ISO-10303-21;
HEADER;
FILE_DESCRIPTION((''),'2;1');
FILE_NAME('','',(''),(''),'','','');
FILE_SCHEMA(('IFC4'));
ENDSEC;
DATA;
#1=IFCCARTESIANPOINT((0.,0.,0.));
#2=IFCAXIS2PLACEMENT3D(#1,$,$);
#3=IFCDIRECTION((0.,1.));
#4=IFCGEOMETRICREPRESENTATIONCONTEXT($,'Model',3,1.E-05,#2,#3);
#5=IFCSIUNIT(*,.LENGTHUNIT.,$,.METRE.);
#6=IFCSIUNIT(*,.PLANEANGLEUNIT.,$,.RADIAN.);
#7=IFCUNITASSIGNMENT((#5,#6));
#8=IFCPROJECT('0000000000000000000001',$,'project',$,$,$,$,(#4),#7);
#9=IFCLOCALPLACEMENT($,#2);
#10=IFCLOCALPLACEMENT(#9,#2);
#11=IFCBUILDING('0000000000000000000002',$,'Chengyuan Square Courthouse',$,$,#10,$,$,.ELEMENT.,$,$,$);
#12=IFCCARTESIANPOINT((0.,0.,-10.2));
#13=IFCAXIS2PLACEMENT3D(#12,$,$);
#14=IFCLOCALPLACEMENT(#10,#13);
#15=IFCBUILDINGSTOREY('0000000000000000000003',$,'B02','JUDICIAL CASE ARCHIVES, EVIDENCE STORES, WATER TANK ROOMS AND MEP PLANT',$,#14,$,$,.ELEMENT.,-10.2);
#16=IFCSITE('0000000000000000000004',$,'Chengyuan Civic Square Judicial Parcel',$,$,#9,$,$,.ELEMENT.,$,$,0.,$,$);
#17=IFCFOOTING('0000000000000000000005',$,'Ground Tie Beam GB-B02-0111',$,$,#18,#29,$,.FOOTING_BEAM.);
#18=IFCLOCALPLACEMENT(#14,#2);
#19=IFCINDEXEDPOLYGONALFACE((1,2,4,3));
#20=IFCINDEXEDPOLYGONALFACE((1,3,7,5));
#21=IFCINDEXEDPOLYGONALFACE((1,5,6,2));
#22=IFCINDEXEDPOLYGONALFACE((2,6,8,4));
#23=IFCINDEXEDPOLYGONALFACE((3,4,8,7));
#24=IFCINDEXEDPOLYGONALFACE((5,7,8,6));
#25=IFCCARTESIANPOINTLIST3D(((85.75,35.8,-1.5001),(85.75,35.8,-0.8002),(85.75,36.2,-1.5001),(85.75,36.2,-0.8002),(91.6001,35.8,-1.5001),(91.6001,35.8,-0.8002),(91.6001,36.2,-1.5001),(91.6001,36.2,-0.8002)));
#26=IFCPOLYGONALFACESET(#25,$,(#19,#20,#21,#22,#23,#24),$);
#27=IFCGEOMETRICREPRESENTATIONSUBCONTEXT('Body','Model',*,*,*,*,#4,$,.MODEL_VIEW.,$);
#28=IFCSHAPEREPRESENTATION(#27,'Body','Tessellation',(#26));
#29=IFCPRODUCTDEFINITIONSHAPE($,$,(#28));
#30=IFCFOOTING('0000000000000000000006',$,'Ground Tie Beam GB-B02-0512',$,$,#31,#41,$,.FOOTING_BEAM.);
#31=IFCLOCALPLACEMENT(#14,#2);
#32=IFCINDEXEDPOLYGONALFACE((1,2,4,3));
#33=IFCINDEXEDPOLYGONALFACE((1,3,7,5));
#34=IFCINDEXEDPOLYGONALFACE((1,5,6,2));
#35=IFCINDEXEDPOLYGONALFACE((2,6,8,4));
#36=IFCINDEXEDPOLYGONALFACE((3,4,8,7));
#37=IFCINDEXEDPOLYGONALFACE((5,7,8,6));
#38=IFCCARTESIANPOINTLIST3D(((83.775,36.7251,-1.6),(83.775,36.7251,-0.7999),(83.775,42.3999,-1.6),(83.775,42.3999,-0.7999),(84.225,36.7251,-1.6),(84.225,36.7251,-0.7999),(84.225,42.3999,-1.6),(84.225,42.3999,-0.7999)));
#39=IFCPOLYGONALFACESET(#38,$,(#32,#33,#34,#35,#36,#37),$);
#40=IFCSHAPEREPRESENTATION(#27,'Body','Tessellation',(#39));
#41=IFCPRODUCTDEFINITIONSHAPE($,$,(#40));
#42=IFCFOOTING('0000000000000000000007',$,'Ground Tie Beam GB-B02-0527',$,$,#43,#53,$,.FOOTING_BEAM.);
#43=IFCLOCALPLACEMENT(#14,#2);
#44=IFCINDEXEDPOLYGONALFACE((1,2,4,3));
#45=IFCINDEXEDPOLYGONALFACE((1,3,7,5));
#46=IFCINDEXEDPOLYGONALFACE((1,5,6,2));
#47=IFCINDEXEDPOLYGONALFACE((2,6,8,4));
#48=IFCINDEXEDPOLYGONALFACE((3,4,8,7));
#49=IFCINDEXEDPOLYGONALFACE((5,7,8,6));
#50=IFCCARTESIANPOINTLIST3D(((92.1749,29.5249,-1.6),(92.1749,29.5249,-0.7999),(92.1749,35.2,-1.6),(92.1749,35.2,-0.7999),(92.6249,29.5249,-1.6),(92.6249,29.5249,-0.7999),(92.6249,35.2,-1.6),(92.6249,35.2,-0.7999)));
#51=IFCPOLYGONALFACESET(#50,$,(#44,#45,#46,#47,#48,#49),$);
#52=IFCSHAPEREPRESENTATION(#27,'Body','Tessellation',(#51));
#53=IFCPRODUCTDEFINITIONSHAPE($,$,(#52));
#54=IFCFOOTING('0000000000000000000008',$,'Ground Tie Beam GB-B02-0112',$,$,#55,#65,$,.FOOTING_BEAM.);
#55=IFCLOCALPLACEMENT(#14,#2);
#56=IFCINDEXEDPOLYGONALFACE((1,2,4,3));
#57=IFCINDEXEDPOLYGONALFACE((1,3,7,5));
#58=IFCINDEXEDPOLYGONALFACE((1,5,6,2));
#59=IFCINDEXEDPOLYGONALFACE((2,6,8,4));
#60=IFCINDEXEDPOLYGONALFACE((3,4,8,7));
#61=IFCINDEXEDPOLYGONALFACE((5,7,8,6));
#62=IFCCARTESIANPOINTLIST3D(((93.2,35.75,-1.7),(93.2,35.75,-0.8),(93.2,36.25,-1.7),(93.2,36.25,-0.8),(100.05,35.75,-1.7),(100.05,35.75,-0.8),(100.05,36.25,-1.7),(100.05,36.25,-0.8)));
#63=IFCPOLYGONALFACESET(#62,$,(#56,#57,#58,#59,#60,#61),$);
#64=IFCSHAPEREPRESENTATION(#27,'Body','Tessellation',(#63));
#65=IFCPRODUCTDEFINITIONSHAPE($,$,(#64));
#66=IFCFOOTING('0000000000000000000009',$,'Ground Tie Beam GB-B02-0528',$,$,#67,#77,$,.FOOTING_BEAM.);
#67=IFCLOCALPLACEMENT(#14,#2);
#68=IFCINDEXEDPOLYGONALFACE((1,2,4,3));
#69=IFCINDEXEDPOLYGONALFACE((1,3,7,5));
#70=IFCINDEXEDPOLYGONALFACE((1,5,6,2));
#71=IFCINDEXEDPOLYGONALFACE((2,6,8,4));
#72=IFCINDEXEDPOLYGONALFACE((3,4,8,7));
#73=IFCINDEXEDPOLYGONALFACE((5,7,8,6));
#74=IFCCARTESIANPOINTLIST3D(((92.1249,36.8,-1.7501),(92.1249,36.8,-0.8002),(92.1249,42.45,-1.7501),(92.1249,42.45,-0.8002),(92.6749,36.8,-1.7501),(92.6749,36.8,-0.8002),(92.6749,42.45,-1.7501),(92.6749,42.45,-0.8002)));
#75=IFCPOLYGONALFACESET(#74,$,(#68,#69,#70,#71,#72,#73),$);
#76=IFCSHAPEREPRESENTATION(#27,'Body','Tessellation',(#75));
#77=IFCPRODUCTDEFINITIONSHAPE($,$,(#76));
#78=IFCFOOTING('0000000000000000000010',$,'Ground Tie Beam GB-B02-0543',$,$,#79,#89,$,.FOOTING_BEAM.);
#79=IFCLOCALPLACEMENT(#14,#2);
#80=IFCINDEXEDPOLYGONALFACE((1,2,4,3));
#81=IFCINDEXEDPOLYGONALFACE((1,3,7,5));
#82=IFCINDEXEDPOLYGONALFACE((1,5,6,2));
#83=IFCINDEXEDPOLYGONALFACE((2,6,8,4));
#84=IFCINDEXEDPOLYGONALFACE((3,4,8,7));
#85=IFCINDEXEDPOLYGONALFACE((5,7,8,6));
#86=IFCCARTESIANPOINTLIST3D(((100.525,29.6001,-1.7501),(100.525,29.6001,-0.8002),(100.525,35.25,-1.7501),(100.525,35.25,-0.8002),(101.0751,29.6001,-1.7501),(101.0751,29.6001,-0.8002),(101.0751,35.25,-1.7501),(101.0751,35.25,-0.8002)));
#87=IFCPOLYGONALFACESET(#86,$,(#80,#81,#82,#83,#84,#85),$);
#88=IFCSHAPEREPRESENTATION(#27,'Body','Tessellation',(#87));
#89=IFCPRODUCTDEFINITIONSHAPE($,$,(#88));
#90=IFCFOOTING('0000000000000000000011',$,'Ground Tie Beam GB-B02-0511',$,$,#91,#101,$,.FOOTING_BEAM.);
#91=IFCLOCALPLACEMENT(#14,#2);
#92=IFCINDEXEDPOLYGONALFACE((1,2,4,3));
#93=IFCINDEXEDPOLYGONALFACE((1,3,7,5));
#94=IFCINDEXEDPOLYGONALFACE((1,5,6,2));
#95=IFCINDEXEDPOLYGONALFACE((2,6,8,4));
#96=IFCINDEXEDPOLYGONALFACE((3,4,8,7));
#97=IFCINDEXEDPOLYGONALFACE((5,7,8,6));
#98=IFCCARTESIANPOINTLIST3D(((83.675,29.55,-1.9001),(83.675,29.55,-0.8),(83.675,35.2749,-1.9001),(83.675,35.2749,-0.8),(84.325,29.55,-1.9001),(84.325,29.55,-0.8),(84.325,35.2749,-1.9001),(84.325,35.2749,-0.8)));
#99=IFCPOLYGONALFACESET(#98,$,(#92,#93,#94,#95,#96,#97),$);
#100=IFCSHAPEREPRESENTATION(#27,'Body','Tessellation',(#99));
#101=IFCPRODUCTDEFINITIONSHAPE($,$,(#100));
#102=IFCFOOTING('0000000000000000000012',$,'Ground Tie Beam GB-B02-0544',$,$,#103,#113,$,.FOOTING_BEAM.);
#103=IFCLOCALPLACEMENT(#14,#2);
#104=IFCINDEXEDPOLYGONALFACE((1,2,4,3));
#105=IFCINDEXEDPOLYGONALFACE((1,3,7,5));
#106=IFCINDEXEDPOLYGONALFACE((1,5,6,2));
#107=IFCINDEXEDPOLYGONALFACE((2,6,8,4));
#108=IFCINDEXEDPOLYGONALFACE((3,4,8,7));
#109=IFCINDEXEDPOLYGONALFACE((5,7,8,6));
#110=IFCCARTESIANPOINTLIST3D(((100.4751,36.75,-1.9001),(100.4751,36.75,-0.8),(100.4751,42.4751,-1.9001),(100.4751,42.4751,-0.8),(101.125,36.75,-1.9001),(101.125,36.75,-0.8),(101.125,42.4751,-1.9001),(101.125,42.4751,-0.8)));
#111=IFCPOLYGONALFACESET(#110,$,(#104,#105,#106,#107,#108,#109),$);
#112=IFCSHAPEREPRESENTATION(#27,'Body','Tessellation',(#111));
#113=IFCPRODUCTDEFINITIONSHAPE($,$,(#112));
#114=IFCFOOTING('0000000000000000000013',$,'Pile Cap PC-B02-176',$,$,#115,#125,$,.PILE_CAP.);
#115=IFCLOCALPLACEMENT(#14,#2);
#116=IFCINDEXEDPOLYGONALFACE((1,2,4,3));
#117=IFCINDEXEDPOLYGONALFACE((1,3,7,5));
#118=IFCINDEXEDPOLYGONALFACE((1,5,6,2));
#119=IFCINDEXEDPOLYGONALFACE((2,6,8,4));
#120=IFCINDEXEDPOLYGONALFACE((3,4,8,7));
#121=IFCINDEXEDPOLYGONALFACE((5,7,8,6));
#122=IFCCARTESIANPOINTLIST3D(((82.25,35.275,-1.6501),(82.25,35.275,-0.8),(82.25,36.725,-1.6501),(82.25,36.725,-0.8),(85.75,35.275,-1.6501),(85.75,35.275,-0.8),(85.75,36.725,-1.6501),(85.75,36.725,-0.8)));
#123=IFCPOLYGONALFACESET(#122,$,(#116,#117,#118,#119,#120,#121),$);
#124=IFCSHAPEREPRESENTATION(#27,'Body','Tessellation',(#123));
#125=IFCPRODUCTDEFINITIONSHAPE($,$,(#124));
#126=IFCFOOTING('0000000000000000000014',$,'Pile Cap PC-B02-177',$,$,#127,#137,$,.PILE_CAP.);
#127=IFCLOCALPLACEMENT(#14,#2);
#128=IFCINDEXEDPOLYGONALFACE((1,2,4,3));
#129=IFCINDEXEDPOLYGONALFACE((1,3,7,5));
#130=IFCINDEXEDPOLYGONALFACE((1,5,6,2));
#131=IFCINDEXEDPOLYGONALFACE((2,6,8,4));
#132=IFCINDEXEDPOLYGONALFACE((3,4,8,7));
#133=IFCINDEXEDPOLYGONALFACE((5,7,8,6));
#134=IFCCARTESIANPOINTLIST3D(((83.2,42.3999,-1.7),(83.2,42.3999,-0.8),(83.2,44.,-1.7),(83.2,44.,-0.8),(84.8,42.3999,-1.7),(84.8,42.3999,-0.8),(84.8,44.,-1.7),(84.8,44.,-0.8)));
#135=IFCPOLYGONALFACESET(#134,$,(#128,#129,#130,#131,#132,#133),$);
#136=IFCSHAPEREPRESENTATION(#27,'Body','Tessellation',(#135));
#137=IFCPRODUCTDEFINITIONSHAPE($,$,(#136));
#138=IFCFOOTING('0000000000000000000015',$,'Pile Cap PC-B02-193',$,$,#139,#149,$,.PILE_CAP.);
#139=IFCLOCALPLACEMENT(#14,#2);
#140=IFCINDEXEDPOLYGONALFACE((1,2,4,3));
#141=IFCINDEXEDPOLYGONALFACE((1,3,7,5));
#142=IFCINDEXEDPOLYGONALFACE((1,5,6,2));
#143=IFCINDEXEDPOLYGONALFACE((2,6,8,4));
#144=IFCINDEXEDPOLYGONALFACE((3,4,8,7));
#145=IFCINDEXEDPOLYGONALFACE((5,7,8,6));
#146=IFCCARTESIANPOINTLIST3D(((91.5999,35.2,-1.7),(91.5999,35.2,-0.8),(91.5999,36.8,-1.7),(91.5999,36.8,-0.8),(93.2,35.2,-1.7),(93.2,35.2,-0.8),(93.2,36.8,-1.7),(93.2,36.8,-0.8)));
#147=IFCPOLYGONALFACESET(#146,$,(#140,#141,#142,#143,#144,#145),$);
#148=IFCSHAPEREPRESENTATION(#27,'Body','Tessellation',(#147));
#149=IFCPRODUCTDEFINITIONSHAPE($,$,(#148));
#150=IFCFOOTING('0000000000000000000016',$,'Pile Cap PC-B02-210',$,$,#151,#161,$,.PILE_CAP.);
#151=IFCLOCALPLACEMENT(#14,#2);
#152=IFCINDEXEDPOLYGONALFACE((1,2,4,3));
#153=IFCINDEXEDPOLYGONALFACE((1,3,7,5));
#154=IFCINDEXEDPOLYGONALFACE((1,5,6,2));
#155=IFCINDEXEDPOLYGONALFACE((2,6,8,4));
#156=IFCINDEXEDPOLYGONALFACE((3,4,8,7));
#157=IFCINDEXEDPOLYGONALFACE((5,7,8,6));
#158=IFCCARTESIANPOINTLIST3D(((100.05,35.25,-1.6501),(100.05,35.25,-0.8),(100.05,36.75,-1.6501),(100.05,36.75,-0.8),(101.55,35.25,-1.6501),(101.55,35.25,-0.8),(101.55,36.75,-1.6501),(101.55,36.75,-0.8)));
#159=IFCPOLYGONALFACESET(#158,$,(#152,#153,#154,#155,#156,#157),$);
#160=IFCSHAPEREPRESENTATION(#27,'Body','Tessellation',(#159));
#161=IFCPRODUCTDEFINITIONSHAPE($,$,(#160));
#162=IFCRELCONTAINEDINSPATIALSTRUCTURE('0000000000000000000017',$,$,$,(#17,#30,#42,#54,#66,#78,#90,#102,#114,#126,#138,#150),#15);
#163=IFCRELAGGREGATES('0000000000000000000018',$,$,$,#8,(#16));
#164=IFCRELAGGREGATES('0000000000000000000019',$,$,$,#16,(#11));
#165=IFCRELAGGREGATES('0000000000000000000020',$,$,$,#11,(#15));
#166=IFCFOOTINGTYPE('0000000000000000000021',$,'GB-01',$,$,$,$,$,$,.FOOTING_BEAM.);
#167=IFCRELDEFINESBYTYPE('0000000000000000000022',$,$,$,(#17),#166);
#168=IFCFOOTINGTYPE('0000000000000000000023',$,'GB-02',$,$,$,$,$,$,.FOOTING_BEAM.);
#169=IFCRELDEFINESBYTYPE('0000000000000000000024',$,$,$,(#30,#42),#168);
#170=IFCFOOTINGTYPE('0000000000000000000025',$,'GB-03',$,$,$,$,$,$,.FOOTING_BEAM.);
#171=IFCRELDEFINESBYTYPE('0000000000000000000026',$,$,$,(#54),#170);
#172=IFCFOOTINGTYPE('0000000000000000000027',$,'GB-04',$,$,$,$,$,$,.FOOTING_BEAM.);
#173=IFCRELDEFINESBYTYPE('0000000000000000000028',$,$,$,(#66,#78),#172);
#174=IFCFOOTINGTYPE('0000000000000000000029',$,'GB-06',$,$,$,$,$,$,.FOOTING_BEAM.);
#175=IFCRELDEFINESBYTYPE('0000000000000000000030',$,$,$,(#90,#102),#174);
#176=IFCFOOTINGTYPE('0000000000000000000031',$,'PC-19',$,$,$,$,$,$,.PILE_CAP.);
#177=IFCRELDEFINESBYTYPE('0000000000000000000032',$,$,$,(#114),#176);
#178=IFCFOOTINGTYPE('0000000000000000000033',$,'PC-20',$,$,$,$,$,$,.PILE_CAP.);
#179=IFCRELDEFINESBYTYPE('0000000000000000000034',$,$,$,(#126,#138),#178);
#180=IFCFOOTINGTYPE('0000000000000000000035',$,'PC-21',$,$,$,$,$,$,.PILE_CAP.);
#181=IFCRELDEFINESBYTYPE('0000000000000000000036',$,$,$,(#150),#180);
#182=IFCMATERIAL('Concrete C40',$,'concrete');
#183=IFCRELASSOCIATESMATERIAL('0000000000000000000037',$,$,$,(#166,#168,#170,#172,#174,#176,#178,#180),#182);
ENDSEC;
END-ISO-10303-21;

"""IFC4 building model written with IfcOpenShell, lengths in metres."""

from ifc_helpers import new_model, si_unit, direction, frame, origin, origin_2d, place, context, subcontext, project, spatial, rectangle, extrude, material, material_profile, profile_set, type_object, element, save


model = new_model("IFC4")

# Units and contexts
model_context = context("Model", 3, precision=1e-05, world=origin(), true_north=direction((0.0, 1.0)))
body_context = subcontext(model_context, "Body", "Model", "MODEL_VIEW")
ifc_project = project(units=[si_unit("LENGTHUNIT", "METRE"), si_unit("PLANEANGLEUNIT", "RADIAN")], contexts=[model_context])

# Site, building, storey
site_placement = place(None, origin())
site = spatial("IfcSite", under=ifc_project, at=site_placement, Name="Chengyuan Civic Square Judicial Parcel", CompositionType="ELEMENT", RefElevation=0.0)
building_placement = place(site_placement, origin())
building = spatial("IfcBuilding", under=site, at=building_placement, Name="Chengyuan Square Courthouse", CompositionType="ELEMENT")
storey_placement = place(building_placement, frame((0.0, 0.0, -10.2)))
storey = spatial("IfcBuildingStorey", under=building, at=storey_placement, Name="B02", Description="JUDICIAL CASE ARCHIVES, EVIDENCE STORES, WATER TANK ROOMS AND MEP PLANT", CompositionType="ELEMENT", Elevation=-10.2)

# Footings
ifc_material_1 = material(Name="Concrete C40", Category="concrete")
ifc_material_profile_1 = material_profile(ifc_material_1, rectangle(XDim=0.3999, YDim=0.7, at=origin_2d()), Name="GB-400x700")
ifc_profile_set_1 = profile_set([ifc_material_profile_1], Name="Concrete C40")
footing_type_1 = type_object("IfcFootingType", Name="GB-01", PredefinedType="FOOTING_BEAM", material=ifc_profile_set_1)
footing_1_placement = place(storey_placement, frame((85.75, 36.0, -1.1501), z_axis=(1.0, 0.0, 0.0), x_axis=(0.0, 1.0, 0.0)))
element("IfcFooting", 1, at=footing_1_placement, inside=storey, type_object=footing_type_1, Name="Ground Tie Beam GB-B02-0111", PredefinedType="FOOTING_BEAM", context=body_context, shape_type="SweptSolid", body=[
    extrude(rectangle(XDim=0.3999, YDim=0.7, at=origin_2d()), origin(), (0.0, 0.0, 1.0), 5.8501),
])
ifc_material_profile_2 = material_profile(ifc_material_1, rectangle(XDim=0.45, YDim=0.8, at=origin_2d()), Name="GB-450x800")
ifc_profile_set_2 = profile_set([ifc_material_profile_2], Name="Concrete C40")
footing_type_2 = type_object("IfcFootingType", Name="GB-02", PredefinedType="FOOTING_BEAM", material=ifc_profile_set_2)
footing_2_placement = place(storey_placement, frame((84.0, 36.7251, -1.2), z_axis=(0.0, 1.0, 0.0), x_axis=(-1.0, 0.0, 0.0)))
element("IfcFooting", 2, at=footing_2_placement, inside=storey, type_object=footing_type_2, Name="Ground Tie Beam GB-B02-0512", PredefinedType="FOOTING_BEAM", context=body_context, shape_type="SweptSolid", body=[
    extrude(rectangle(XDim=0.45, YDim=0.8, at=origin_2d()), origin(), (0.0, 0.0, 1.0), 5.6748),
])
footing_3_placement = place(storey_placement, frame((92.3999, 29.5249, -1.2), z_axis=(0.0, 1.0, 0.0), x_axis=(-1.0, 0.0, 0.0)))
element("IfcFooting", 3, at=footing_3_placement, inside=storey, type_object=footing_type_2, Name="Ground Tie Beam GB-B02-0527", PredefinedType="FOOTING_BEAM", context=body_context, shape_type="SweptSolid", body=[
    extrude(rectangle(XDim=0.45, YDim=0.8, at=origin_2d()), origin(), (0.0, 0.0, 1.0), 5.675),
])
ifc_material_profile_3 = material_profile(ifc_material_1, rectangle(XDim=0.5, YDim=0.8999, at=origin_2d()), Name="GB-500x900")
ifc_profile_set_3 = profile_set([ifc_material_profile_3], Name="Concrete C40")
footing_type_3 = type_object("IfcFootingType", Name="GB-03", PredefinedType="FOOTING_BEAM", material=ifc_profile_set_3)
footing_4_placement = place(storey_placement, frame((93.2, 36.0, -1.25), z_axis=(1.0, 0.0, 0.0), x_axis=(0.0, 1.0, 0.0)))
element("IfcFooting", 4, at=footing_4_placement, inside=storey, type_object=footing_type_3, Name="Ground Tie Beam GB-B02-0112", PredefinedType="FOOTING_BEAM", context=body_context, shape_type="SweptSolid", body=[
    extrude(rectangle(XDim=0.5, YDim=0.8999, at=origin_2d()), origin(), (0.0, 0.0, 1.0), 6.8501),
])
ifc_material_profile_4 = material_profile(ifc_material_1, rectangle(XDim=0.55, YDim=0.95, at=origin_2d()), Name="GB-550x950")
ifc_profile_set_4 = profile_set([ifc_material_profile_4], Name="Concrete C40")
footing_type_4 = type_object("IfcFootingType", Name="GB-04", PredefinedType="FOOTING_BEAM", material=ifc_profile_set_4)
for number, where, z_axis, x_axis, name in (
    (5, (92.3999, 36.8, -1.2751), (0.0, 1.0, 0.0), (-1.0, 0.0, 0.0), "Ground Tie Beam GB-B02-0528"),
    (6, (100.8, 29.6001, -1.2751), (0.0, 1.0, 0.0), (-1.0, 0.0, 0.0), "Ground Tie Beam GB-B02-0543"),
):
    element("IfcFooting", number, at=place(storey_placement, frame(where, z_axis=z_axis, x_axis=x_axis)), inside=storey, type_object=footing_type_4, Name=name, PredefinedType="FOOTING_BEAM", context=body_context, shape_type="SweptSolid", body=[
        extrude(rectangle(XDim=0.55, YDim=0.95, at=origin_2d()), origin(), (0.0, 0.0, 1.0), 5.6499),
    ])
ifc_material_profile_5 = material_profile(ifc_material_1, rectangle(XDim=0.6499, YDim=1.1001, at=origin_2d()), Name="GB-650x1100")
ifc_profile_set_5 = profile_set([ifc_material_profile_5], Name="Concrete C40")
footing_type_5 = type_object("IfcFootingType", Name="GB-06", PredefinedType="FOOTING_BEAM", material=ifc_profile_set_5)
footing_5_placement = place(storey_placement, frame((84.0, 29.55, -1.3501), z_axis=(0.0, 1.0, 0.0), x_axis=(-1.0, 0.0, 0.0)))
element("IfcFooting", 7, at=footing_5_placement, inside=storey, type_object=footing_type_5, Name="Ground Tie Beam GB-B02-0511", PredefinedType="FOOTING_BEAM", context=body_context, shape_type="SweptSolid", body=[
    extrude(rectangle(XDim=0.6499, YDim=1.1001, at=origin_2d()), origin(), (0.0, 0.0, 1.0), 5.7249),
])
footing_6_placement = place(storey_placement, frame((100.8, 36.75, -1.3501), z_axis=(0.0, 1.0, 0.0), x_axis=(-1.0, 0.0, 0.0)))
element("IfcFooting", 8, at=footing_6_placement, inside=storey, type_object=footing_type_5, Name="Ground Tie Beam GB-B02-0544", PredefinedType="FOOTING_BEAM", context=body_context, shape_type="SweptSolid", body=[
    extrude(rectangle(XDim=0.6499, YDim=1.1001, at=origin_2d()), origin(), (0.0, 0.0, 1.0), 5.7251),
])
footing_type_6 = type_object("IfcFootingType", Name="PC-19", PredefinedType="PILE_CAP", material=ifc_material_1)
footing_7_placement = place(storey_placement, frame((84.0, 36.0, -1.6501), z_axis=(0.0, 0.0, 1.0), x_axis=(1.0, 0.0, 0.0)))
element("IfcFooting", 9, at=footing_7_placement, inside=storey, type_object=footing_type_6, Name="Pile Cap PC-B02-176", PredefinedType="PILE_CAP", context=body_context, shape_type="SweptSolid", body=[
    extrude(rectangle(XDim=3.5, YDim=1.45, at=origin_2d()), origin(), (0.0, 0.0, 1.0), 0.8501),
])
footing_type_7 = type_object("IfcFootingType", Name="PC-20", PredefinedType="PILE_CAP", material=ifc_material_1)
for number, where, z_axis, x_axis, name in (
    (10, (84.0, 43.2, -1.7), (0.0, 0.0, 1.0), (1.0, 0.0, 0.0), "Pile Cap PC-B02-177"),
    (11, (92.3999, 36.0, -1.7), (0.0, 0.0, 1.0), (1.0, 0.0, 0.0), "Pile Cap PC-B02-193"),
):
    element("IfcFooting", number, at=place(storey_placement, frame(where, z_axis=z_axis, x_axis=x_axis)), inside=storey, type_object=footing_type_7, Name=name, PredefinedType="PILE_CAP", context=body_context, shape_type="SweptSolid", body=[
        extrude(rectangle(XDim=1.6001, YDim=1.6001, at=origin_2d()), origin(), (0.0, 0.0, 1.0), 0.8999),
    ])
footing_type_8 = type_object("IfcFootingType", Name="PC-21", PredefinedType="PILE_CAP", material=ifc_material_1)
footing_8_placement = place(storey_placement, frame((100.8, 36.0, -1.6501), z_axis=(0.0, 0.0, 1.0), x_axis=(1.0, 0.0, 0.0)))
element("IfcFooting", 12, at=footing_8_placement, inside=storey, type_object=footing_type_8, Name="Pile Cap PC-B02-210", PredefinedType="PILE_CAP", context=body_context, shape_type="SweptSolid", body=[
    extrude(rectangle(XDim=1.5, YDim=1.5, at=origin_2d()), origin(), (0.0, 0.0, 1.0), 0.8501),
])

save(model, "model.ifc")
